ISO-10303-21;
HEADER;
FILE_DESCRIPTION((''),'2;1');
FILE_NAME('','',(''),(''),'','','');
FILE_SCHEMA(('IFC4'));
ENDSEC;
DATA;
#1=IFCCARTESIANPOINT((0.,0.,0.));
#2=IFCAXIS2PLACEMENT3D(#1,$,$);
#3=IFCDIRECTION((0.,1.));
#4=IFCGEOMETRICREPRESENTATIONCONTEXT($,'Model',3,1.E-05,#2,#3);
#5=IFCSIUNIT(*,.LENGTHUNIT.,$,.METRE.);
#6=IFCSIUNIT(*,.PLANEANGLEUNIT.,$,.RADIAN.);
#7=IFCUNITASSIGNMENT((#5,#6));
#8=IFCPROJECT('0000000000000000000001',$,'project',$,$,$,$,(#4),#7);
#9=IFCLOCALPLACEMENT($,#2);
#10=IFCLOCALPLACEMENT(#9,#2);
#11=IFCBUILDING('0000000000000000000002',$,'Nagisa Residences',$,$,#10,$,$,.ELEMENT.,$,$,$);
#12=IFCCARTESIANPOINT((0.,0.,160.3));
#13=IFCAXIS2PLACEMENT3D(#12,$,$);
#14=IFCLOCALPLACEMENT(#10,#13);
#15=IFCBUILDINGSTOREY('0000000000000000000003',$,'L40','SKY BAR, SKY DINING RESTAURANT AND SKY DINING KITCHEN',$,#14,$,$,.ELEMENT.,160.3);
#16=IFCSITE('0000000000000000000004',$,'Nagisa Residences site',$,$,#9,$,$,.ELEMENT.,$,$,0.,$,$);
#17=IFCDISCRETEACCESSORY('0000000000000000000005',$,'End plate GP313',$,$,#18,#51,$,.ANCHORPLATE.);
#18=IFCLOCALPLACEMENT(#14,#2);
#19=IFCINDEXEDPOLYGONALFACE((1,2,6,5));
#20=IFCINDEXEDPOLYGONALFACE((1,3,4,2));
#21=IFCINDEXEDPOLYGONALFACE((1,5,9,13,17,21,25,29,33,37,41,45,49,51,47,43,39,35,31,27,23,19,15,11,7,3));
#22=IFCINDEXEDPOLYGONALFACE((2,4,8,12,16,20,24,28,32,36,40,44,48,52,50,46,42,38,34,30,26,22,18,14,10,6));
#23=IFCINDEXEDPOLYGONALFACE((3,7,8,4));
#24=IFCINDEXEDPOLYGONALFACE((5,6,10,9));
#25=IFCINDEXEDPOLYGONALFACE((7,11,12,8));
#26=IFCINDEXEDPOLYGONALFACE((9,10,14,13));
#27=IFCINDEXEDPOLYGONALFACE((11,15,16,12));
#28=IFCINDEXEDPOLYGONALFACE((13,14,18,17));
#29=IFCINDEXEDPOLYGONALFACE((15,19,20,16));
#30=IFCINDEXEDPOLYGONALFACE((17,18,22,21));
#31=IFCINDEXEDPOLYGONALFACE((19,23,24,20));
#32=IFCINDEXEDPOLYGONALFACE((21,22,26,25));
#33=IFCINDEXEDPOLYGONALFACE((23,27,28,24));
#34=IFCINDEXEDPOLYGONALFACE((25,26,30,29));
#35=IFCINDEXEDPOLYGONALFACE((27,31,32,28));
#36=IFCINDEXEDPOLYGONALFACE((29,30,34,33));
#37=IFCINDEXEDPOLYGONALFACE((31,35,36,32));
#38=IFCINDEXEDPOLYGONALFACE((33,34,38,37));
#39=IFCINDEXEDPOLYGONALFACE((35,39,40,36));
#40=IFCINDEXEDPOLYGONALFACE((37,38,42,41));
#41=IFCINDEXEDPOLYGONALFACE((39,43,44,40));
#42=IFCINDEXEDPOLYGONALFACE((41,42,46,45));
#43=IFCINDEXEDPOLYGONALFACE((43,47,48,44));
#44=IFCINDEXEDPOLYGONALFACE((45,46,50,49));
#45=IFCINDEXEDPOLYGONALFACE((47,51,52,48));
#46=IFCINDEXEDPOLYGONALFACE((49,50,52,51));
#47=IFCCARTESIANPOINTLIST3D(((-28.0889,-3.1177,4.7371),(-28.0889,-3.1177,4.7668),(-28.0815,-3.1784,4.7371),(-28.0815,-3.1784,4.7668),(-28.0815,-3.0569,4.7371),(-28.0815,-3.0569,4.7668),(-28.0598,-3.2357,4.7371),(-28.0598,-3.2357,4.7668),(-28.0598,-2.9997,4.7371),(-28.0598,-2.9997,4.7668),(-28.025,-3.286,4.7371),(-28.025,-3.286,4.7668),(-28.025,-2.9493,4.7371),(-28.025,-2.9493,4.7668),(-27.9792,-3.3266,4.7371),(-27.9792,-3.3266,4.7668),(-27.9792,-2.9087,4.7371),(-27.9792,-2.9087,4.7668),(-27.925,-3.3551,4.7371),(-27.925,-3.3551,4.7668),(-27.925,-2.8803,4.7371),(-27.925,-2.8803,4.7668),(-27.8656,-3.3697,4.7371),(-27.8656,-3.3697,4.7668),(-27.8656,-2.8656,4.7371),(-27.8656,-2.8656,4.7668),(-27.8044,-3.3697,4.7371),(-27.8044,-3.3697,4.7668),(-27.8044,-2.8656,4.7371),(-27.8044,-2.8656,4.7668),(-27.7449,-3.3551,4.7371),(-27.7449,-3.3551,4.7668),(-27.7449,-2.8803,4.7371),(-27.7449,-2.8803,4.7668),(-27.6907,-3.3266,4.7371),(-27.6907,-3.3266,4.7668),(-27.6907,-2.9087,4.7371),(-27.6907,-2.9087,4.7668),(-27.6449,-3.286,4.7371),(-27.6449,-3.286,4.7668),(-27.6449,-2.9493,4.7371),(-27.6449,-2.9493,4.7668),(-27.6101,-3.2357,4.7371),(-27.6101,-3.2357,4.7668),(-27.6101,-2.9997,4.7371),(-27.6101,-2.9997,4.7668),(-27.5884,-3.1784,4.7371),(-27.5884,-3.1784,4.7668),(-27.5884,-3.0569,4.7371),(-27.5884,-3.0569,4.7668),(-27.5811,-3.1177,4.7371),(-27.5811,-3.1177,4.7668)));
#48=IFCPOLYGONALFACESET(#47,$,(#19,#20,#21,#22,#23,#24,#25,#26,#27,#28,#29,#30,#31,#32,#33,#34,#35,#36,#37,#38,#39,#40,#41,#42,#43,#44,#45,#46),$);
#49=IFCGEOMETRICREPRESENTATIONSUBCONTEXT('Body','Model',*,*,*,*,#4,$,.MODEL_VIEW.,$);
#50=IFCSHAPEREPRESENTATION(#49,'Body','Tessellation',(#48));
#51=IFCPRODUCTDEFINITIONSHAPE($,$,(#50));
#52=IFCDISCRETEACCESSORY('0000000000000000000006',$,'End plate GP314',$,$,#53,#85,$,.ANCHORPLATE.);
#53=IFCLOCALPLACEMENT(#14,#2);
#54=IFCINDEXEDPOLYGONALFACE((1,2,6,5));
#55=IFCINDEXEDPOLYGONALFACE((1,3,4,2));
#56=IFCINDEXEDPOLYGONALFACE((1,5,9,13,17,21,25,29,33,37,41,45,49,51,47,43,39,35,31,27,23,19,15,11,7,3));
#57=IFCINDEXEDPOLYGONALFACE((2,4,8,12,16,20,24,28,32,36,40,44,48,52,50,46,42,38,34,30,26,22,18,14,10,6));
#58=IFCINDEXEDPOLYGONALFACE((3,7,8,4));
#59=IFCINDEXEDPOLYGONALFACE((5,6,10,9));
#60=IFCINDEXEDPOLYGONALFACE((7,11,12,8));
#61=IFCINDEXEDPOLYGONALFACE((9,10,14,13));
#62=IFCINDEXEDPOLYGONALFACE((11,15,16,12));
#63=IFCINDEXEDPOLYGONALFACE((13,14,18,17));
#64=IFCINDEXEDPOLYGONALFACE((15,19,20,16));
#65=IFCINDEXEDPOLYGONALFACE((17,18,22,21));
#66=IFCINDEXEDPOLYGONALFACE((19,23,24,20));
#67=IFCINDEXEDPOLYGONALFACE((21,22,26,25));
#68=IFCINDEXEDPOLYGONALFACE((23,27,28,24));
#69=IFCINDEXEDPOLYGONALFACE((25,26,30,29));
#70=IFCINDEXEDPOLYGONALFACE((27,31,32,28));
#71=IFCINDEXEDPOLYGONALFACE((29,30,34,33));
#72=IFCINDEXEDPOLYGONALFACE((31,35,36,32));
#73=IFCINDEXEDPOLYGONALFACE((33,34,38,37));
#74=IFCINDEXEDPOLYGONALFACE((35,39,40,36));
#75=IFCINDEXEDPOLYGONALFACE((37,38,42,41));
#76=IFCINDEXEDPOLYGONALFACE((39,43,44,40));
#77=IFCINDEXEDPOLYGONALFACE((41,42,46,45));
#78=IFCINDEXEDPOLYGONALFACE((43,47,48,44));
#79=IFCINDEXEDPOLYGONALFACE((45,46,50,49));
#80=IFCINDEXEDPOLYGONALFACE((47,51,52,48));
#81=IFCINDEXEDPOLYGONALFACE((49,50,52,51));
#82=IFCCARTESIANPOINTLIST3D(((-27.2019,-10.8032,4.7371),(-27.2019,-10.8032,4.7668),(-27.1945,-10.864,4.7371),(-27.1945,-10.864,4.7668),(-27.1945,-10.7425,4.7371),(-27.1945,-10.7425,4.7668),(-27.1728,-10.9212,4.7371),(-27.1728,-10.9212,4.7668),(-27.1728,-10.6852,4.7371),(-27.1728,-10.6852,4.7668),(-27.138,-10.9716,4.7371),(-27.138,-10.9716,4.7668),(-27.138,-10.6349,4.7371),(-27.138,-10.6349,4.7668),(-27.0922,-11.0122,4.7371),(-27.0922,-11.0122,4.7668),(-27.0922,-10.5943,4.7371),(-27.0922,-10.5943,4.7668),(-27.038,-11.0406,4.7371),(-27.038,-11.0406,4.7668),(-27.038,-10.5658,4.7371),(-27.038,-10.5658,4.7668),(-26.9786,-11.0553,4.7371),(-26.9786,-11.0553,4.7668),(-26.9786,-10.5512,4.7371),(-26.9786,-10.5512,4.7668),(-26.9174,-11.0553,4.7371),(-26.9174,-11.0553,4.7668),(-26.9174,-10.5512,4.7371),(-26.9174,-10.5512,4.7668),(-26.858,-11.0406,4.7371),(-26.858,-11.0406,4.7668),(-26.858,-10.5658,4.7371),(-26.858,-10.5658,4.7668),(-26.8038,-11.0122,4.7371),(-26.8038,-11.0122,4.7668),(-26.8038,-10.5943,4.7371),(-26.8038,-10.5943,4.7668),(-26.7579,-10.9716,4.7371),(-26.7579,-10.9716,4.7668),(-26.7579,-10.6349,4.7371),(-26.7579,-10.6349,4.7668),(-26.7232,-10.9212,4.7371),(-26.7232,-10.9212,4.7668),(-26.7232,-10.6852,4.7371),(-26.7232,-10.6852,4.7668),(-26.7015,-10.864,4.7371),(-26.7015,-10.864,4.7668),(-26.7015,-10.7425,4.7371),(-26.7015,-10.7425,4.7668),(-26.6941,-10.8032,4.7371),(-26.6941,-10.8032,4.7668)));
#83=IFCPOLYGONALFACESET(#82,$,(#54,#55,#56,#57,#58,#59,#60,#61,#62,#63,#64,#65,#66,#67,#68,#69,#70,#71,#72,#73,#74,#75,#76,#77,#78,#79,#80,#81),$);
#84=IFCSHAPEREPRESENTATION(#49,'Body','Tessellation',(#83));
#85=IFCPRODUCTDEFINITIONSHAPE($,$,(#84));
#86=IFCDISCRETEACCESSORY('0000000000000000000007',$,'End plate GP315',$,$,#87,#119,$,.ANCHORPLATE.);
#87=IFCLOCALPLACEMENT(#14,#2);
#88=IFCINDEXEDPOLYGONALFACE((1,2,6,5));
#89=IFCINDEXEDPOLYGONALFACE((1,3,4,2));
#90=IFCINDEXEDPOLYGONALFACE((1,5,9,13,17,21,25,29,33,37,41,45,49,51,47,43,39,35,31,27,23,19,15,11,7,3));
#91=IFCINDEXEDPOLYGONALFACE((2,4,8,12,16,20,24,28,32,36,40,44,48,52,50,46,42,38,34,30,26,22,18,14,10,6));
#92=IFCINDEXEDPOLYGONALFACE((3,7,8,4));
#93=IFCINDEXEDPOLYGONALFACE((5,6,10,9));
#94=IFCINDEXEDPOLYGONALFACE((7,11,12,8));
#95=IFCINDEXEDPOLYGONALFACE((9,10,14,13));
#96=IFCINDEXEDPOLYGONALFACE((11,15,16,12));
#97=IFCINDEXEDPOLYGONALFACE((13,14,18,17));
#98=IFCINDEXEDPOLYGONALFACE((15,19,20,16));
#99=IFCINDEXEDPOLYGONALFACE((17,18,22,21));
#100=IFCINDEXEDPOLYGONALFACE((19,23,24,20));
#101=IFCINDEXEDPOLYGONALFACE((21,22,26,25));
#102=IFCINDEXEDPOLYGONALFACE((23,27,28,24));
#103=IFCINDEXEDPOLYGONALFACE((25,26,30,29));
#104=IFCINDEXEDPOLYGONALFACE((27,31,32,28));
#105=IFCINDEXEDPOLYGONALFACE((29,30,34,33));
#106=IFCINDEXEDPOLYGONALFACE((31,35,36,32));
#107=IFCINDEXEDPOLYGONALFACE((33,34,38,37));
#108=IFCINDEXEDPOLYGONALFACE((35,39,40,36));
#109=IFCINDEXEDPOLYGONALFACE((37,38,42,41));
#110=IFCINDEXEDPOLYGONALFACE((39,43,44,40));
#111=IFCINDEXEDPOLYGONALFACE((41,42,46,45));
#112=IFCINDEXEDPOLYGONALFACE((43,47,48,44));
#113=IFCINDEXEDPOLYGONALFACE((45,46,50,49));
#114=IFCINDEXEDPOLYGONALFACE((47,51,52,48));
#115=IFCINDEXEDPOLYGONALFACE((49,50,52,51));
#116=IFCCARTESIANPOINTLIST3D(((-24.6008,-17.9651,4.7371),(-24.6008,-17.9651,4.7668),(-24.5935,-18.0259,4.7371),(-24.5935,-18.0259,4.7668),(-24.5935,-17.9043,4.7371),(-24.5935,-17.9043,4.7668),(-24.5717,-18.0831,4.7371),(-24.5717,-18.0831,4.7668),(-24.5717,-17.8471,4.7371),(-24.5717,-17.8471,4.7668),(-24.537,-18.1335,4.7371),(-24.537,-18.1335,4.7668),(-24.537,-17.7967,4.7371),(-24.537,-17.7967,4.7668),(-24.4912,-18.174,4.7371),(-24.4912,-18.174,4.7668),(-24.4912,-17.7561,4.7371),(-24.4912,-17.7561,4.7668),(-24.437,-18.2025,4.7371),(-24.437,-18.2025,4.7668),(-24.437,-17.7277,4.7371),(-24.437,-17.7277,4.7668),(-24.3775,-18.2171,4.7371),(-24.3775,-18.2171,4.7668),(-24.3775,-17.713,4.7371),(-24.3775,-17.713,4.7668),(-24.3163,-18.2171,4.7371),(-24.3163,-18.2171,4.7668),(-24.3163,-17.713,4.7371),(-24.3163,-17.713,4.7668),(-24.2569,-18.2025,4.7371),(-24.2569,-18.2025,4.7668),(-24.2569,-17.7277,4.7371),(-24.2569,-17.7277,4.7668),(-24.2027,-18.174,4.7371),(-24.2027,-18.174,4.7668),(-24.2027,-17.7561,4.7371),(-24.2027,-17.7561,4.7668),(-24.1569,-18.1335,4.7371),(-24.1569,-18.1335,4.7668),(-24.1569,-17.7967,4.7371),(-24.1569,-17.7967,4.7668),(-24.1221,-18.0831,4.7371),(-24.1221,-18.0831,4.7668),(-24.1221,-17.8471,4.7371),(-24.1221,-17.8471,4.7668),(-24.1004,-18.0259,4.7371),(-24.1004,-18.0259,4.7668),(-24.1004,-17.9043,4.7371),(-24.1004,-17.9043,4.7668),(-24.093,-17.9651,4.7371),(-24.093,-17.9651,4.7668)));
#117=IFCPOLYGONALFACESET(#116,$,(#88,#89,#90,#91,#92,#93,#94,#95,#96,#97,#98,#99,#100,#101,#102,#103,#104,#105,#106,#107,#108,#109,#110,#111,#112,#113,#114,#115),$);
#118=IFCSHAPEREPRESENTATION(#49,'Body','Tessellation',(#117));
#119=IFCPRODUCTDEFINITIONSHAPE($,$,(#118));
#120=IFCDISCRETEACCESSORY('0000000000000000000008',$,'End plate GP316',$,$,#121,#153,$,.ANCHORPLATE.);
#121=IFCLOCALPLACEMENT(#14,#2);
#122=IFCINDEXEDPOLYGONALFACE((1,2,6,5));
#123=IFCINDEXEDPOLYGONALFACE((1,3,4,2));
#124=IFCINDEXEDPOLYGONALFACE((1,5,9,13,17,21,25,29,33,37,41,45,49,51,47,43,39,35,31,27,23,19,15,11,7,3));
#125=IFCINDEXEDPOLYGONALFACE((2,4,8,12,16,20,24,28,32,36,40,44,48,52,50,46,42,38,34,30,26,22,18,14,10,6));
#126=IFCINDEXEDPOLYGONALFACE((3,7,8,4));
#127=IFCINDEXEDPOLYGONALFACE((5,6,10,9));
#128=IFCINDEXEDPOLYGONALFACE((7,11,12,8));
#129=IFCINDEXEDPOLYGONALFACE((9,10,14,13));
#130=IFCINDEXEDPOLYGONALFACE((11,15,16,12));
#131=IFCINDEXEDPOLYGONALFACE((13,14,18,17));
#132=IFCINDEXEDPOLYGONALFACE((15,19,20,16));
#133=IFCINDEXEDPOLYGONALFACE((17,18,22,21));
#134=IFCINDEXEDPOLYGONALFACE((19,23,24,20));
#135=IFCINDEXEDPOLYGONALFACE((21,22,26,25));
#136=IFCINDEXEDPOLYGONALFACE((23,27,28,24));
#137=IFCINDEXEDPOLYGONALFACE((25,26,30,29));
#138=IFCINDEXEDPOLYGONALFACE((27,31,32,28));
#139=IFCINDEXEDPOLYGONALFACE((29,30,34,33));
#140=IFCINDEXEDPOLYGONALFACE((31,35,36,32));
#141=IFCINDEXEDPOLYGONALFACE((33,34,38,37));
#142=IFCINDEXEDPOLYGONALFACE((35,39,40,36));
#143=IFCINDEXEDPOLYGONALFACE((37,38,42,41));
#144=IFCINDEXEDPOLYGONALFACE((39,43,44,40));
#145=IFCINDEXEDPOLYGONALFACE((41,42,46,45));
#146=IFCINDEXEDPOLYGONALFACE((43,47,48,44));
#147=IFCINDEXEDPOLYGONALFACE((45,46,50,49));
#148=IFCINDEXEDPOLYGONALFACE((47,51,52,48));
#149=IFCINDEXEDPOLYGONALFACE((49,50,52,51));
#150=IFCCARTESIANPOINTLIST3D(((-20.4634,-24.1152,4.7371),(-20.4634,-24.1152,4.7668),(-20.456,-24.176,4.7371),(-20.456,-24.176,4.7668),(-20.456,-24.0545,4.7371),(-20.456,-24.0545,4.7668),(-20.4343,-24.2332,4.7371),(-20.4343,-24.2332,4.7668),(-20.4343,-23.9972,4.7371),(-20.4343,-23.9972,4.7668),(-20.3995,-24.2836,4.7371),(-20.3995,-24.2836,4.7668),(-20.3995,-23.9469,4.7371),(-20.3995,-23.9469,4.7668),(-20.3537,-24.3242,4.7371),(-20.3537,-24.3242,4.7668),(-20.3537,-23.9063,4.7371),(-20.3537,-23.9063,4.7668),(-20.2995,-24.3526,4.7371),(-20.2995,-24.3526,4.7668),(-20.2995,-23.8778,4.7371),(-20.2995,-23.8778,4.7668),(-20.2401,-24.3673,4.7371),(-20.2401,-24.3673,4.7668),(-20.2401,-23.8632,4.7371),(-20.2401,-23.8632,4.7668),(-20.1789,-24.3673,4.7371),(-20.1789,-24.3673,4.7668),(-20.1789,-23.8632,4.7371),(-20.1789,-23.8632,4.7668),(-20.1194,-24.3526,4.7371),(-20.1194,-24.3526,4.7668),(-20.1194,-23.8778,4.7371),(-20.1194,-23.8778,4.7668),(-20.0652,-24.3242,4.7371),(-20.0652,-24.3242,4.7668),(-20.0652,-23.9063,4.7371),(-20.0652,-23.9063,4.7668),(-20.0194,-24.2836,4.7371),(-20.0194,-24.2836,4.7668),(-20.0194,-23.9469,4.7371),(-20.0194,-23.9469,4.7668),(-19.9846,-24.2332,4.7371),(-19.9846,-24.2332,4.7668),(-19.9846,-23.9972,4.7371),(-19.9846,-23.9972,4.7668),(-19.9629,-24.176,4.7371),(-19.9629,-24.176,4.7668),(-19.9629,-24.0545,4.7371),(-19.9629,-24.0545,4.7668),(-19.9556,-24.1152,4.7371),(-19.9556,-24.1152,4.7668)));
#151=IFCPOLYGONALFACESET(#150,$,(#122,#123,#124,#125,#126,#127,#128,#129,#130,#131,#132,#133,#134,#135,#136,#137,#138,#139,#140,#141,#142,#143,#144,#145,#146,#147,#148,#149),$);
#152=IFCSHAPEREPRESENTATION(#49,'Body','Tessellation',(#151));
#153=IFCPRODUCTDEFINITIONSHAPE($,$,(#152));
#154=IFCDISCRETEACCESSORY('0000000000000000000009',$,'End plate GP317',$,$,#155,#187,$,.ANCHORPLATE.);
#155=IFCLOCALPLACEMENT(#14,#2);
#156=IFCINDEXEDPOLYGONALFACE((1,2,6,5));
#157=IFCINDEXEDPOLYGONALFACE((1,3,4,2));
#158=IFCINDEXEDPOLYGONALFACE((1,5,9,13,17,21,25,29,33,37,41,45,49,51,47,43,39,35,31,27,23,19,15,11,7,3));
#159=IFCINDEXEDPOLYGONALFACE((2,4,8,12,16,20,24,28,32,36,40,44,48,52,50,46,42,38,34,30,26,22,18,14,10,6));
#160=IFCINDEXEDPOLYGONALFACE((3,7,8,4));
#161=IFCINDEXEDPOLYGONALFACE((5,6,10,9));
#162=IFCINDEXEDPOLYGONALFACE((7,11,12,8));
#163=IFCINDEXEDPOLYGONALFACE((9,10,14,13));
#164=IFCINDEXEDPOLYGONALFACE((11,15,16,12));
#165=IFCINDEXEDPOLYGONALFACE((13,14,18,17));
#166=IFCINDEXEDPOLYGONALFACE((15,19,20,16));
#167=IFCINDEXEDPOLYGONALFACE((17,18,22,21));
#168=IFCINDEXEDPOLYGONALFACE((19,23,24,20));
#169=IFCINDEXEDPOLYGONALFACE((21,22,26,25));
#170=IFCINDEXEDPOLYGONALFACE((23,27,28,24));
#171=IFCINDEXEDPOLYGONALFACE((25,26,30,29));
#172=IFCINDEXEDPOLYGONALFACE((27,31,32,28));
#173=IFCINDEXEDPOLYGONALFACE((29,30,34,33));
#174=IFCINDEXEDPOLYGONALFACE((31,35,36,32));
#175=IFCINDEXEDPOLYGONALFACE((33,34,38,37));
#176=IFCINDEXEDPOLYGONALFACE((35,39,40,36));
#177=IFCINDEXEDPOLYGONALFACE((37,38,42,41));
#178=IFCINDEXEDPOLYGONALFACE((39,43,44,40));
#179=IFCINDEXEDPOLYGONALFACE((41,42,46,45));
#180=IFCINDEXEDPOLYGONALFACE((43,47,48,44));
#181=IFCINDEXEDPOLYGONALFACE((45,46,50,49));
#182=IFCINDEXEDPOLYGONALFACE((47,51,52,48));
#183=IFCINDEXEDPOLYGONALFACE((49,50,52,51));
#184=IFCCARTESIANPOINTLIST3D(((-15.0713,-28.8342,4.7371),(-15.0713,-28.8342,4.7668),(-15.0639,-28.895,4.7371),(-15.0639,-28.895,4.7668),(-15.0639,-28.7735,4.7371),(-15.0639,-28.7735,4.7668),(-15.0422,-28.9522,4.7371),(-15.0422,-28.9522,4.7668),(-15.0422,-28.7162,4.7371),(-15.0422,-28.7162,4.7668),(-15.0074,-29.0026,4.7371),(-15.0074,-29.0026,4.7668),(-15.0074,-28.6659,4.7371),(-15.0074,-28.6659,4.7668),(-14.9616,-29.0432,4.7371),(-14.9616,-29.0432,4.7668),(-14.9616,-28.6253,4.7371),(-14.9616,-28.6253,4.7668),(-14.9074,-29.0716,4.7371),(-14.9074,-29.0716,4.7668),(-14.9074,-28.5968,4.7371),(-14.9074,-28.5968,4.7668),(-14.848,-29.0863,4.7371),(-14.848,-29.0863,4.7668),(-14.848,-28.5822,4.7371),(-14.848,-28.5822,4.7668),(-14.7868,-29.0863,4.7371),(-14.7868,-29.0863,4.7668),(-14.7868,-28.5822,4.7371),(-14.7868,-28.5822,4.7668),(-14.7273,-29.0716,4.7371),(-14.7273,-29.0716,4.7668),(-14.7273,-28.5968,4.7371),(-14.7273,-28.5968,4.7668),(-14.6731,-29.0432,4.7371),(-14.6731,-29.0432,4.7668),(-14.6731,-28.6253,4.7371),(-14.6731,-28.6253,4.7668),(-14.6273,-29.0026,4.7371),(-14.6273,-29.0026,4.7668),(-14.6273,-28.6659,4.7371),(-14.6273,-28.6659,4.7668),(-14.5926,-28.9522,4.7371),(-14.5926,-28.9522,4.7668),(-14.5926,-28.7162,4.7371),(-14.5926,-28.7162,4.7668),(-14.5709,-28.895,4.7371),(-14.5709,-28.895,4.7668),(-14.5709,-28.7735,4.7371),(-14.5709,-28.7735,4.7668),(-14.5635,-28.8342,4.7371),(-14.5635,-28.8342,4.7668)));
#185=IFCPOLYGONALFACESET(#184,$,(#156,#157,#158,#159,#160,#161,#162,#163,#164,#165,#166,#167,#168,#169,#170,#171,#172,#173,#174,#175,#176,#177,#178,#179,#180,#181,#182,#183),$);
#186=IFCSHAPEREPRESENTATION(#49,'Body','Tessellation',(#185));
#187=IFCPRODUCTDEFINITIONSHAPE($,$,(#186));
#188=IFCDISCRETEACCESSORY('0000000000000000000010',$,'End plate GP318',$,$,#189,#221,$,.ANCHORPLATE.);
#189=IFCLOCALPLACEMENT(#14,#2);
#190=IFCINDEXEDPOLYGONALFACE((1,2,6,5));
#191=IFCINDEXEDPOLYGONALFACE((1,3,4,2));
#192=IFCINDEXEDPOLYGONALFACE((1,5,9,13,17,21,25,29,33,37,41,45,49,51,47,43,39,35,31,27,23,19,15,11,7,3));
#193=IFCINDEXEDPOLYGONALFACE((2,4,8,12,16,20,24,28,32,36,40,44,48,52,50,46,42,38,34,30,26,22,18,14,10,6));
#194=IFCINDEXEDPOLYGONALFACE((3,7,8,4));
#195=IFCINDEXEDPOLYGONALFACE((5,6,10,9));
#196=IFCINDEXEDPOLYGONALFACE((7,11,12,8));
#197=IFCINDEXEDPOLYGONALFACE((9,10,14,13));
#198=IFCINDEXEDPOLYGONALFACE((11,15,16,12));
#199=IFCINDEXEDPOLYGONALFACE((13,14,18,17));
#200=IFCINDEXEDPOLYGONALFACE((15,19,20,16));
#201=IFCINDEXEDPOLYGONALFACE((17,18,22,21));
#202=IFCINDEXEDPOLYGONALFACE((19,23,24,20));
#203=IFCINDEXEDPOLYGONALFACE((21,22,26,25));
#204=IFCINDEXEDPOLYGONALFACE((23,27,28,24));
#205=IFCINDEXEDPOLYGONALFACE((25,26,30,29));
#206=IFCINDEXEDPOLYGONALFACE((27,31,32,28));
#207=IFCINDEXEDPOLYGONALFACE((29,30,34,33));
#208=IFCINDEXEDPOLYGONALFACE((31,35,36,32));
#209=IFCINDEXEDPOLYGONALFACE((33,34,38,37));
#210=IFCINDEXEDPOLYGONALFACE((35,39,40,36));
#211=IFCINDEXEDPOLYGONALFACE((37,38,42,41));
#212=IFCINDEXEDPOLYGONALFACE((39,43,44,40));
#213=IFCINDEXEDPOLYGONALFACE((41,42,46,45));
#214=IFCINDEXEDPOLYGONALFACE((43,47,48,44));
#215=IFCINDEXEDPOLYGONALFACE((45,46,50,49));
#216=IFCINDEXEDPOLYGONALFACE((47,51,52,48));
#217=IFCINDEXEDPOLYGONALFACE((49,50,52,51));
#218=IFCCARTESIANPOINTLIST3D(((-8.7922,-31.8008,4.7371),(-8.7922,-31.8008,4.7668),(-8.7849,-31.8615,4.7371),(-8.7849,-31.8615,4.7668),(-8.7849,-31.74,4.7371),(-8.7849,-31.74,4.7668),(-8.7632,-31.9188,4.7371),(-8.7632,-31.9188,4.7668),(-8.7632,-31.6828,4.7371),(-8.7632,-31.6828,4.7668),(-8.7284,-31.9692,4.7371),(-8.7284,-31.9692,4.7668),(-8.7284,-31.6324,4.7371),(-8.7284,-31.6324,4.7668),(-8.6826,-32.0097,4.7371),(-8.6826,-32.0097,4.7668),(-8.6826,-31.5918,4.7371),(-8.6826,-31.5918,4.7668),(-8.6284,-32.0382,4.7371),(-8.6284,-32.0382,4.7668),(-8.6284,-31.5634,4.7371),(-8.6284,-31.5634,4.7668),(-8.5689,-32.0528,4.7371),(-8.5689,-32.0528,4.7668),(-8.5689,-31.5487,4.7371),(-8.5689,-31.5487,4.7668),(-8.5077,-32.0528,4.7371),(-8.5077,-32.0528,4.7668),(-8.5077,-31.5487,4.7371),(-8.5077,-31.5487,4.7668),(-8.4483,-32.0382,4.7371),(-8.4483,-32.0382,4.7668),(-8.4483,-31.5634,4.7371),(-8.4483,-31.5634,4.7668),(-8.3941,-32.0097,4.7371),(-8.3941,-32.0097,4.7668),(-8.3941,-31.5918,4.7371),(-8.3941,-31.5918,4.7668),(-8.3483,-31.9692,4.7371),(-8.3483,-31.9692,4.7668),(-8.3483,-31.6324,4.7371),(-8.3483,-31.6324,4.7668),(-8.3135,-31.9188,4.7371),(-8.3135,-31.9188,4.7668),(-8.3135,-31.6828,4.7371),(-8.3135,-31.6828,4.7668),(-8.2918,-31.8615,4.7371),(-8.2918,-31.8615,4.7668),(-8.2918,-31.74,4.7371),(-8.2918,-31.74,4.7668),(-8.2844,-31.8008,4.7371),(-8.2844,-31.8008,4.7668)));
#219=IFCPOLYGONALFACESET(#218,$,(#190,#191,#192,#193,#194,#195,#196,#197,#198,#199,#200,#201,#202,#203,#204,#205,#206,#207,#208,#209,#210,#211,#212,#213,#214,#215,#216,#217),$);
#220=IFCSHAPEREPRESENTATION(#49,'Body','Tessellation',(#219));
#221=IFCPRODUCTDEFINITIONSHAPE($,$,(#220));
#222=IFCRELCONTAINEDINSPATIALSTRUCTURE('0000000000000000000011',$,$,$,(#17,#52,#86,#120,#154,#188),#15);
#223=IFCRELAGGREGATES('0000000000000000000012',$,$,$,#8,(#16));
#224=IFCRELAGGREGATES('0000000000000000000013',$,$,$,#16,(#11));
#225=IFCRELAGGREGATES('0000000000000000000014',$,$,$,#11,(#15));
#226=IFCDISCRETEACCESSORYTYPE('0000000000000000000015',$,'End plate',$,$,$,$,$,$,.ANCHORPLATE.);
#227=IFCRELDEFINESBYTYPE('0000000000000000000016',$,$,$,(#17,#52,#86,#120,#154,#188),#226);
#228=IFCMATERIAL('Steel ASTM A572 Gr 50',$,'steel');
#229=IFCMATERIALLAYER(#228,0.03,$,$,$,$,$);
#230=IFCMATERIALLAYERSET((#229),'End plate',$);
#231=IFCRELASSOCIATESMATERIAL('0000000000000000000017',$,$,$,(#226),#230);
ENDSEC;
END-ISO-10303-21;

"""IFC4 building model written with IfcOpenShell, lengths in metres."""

from ifc_helpers import new_model, si_unit, direction, frame, origin, origin_2d, place, context, subcontext, project, spatial, circle, extrude, material, layer, layer_set, type_object, element, save


model = new_model("IFC4")

# Units and contexts
model_context = context("Model", 3, precision=1e-05, world=origin(), true_north=direction((0.0, 1.0)))
body_context = subcontext(model_context, "Body", "Model", "MODEL_VIEW")
ifc_project = project(units=[si_unit("LENGTHUNIT", "METRE"), si_unit("PLANEANGLEUNIT", "RADIAN")], contexts=[model_context])

# Site, building, storey
site_placement = place(None, origin())
site = spatial("IfcSite", under=ifc_project, at=site_placement, Name="Nagisa Residences site", CompositionType="ELEMENT", RefElevation=0.0)
building_placement = place(site_placement, origin())
building = spatial("IfcBuilding", under=site, at=building_placement, Name="Nagisa Residences", CompositionType="ELEMENT")
storey_placement = place(building_placement, frame((0.0, 0.0, 160.3)))
storey = spatial("IfcBuildingStorey", under=building, at=storey_placement, Name="L40", Description="SKY BAR, SKY DINING RESTAURANT AND SKY DINING KITCHEN", CompositionType="ELEMENT", Elevation=160.3)

# Discrete accessories
ifc_material_1 = material(Name="Steel ASTM A572 Gr 50", Category="steel")
ifc_layer_1 = layer(ifc_material_1, 0.03)
ifc_layer_set_1 = layer_set([ifc_layer_1], Name="End plate")
discrete_accessory_type_1 = type_object("IfcDiscreteAccessoryType", Name="End plate", PredefinedType="ANCHORPLATE", material=ifc_layer_set_1)
for number, where, z_axis, x_axis, name in (
    (1, (-27.835, -3.1177, 4.7371), (0.0, 0.0, 1.0), (1.0, 0.0, 0.0), "End plate GP313"),
    (2, (-26.948, -10.8032, 4.7371), (0.0, 0.0, 1.0), (1.0, 0.0, 0.0), "End plate GP314"),
    (3, (-24.3469, -17.9651, 4.7371), (0.0, 0.0, 1.0), (1.0, 0.0, 0.0), "End plate GP315"),
    (4, (-20.2095, -24.1152, 4.7371), (0.0, 0.0, 1.0), (1.0, 0.0, 0.0), "End plate GP316"),
    (5, (-14.8174, -28.8342, 4.7371), (0.0, 0.0, 1.0), (1.0, 0.0, 0.0), "End plate GP317"),
    (6, (-8.5383, -31.8008, 4.7371), (0.0, 0.0, 1.0), (1.0, 0.0, 0.0), "End plate GP318"),
):
    element("IfcDiscreteAccessory", number, at=place(storey_placement, frame(where, z_axis=z_axis, x_axis=x_axis)), inside=storey, type_object=discrete_accessory_type_1, Name=name, PredefinedType="ANCHORPLATE", context=body_context, shape_type="SweptSolid", body=[
        extrude(circle(Radius=0.2539, at=origin_2d()), origin(), (0.0, 0.0, 1.0), 0.0298),
    ])

save(model, "model.ifc")
